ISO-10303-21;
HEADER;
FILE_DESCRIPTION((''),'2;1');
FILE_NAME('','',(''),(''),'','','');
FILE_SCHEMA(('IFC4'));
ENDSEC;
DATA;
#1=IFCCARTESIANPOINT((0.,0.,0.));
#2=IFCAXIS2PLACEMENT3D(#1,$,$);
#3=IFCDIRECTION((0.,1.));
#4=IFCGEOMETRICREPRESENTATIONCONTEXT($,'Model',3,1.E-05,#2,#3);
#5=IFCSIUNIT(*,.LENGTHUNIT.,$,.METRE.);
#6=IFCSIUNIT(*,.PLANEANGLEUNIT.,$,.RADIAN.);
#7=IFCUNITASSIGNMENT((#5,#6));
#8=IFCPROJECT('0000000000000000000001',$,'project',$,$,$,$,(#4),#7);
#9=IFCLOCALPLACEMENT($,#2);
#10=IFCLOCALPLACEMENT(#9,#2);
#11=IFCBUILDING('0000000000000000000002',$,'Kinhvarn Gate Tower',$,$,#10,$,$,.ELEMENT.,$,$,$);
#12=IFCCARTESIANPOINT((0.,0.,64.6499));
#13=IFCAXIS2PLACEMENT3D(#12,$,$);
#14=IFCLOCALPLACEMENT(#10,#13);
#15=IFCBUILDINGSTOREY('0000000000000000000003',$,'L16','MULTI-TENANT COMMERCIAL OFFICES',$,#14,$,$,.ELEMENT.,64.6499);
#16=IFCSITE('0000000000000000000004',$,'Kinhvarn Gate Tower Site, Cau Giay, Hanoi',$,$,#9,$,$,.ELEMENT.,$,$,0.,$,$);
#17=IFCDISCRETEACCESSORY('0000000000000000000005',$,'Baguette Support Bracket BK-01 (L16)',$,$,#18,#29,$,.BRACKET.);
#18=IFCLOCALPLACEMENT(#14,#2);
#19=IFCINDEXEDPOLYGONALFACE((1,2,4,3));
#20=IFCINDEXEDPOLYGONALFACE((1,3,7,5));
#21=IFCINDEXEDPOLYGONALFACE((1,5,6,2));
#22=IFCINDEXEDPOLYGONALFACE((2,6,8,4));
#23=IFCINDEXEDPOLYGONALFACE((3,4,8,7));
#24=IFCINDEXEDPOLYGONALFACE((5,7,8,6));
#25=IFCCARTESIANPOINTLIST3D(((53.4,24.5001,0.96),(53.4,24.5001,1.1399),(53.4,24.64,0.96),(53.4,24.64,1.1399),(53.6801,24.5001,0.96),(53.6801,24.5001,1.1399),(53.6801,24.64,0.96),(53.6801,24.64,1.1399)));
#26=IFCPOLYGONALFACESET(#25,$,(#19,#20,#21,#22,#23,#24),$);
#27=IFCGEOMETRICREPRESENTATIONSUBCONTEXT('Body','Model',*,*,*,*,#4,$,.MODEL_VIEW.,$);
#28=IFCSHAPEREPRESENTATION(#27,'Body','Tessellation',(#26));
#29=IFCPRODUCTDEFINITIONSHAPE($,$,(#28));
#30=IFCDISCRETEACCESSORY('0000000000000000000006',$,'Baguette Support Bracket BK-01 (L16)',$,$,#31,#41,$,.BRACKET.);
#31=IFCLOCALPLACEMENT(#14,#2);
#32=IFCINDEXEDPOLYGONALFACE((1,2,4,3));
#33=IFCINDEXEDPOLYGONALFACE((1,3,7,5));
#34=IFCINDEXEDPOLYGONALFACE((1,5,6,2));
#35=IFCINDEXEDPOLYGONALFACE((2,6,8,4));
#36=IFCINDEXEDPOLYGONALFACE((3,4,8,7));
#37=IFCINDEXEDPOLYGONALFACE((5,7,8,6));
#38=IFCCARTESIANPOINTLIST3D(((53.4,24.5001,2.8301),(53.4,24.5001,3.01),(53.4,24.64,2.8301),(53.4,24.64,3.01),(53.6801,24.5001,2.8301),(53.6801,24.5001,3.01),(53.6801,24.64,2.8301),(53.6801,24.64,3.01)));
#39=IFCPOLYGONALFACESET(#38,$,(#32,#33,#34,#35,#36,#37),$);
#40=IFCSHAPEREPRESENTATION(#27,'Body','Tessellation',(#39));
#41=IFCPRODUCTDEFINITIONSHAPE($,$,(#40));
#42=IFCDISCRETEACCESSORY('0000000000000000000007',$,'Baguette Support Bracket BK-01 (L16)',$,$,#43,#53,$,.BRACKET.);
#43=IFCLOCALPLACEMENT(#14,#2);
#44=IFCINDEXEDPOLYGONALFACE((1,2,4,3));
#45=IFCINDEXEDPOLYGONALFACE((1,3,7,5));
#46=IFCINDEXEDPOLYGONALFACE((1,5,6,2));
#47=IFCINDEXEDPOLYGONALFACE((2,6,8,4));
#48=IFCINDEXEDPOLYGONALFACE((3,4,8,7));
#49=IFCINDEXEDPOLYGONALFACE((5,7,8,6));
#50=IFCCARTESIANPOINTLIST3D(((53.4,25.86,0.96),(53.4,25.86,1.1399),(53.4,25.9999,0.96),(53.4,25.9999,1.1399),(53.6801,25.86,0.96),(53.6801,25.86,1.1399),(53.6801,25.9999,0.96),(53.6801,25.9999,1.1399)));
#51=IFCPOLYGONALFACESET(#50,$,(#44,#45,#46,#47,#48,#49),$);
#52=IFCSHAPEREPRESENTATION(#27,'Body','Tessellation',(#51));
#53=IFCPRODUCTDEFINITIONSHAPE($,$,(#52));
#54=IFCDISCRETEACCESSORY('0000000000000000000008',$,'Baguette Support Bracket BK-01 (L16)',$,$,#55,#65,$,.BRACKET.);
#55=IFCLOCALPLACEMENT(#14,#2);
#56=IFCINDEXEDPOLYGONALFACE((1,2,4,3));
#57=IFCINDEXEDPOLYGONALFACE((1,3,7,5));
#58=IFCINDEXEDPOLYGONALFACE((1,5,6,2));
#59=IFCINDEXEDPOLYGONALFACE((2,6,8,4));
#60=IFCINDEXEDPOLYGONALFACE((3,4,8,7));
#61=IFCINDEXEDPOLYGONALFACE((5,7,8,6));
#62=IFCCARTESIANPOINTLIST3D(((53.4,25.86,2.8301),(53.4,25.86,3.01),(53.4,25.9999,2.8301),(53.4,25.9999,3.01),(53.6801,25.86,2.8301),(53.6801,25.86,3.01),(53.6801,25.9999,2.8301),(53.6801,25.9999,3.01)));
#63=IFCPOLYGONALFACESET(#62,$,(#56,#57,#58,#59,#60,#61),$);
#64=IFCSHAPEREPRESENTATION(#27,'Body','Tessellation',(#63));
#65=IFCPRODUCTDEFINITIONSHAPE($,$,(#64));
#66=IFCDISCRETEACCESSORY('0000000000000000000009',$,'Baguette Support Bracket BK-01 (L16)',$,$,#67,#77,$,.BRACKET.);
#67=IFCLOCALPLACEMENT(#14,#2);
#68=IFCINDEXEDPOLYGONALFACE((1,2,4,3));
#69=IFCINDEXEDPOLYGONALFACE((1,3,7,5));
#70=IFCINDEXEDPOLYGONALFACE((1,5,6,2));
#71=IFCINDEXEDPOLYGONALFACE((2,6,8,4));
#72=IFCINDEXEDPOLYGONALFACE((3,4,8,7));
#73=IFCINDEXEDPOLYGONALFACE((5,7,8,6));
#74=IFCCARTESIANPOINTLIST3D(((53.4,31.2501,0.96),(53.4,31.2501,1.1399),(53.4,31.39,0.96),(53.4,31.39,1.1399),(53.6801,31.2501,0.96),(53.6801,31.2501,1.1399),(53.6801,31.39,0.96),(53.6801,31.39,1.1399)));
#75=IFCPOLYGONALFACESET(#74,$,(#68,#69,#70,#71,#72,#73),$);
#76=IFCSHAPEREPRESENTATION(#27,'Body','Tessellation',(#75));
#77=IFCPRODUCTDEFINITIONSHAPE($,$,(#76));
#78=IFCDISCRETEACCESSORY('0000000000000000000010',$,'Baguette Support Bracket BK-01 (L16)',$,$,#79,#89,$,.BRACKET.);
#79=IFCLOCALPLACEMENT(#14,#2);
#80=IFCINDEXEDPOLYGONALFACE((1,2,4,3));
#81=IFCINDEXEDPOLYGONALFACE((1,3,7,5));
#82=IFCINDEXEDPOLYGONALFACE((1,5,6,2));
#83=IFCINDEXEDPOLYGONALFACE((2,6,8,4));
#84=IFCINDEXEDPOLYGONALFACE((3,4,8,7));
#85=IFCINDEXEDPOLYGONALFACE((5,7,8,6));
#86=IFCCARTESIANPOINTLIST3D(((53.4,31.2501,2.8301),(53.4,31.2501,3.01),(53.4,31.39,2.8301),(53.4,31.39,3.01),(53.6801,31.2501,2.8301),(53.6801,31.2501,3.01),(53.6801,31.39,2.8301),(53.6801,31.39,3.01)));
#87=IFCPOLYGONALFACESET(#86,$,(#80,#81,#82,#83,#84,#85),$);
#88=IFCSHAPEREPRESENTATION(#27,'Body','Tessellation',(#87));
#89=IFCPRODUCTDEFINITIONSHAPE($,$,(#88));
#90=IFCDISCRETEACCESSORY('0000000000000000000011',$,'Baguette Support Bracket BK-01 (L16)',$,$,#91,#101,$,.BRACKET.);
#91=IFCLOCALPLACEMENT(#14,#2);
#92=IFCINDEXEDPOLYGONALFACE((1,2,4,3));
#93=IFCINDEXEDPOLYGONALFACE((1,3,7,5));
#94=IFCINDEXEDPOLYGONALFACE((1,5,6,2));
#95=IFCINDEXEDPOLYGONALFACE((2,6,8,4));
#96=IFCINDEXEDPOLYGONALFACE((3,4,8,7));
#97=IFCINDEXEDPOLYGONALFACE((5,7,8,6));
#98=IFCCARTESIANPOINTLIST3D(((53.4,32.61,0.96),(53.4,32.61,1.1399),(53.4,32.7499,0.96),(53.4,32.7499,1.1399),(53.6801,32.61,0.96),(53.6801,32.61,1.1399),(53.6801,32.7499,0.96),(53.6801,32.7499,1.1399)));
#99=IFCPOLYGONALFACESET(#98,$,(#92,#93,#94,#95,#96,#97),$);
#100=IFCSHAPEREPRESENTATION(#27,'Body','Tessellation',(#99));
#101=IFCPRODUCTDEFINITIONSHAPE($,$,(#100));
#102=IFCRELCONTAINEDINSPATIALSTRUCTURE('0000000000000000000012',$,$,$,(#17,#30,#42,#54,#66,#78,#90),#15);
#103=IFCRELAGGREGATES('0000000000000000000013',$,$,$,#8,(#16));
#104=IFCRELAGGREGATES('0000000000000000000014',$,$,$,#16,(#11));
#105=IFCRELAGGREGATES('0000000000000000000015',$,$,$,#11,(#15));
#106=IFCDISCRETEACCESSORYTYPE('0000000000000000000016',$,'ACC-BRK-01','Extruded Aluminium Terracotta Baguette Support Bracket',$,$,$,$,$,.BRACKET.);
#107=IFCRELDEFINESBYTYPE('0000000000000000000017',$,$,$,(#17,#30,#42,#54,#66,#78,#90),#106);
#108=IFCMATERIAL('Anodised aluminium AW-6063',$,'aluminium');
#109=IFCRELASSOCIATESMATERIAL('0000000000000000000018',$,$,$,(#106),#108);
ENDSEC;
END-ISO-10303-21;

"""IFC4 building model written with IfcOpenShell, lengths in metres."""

from ifc_helpers import new_model, si_unit, direction, frame, origin, origin_2d, place, context, subcontext, project, spatial, rectangle, extrude, material, type_object, element, save


model = new_model("IFC4")

# Units and contexts
model_context = context("Model", 3, precision=1e-05, world=origin(), true_north=direction((0.0, 1.0)))
body_context = subcontext(model_context, "Body", "Model", "MODEL_VIEW")
ifc_project = project(units=[si_unit("LENGTHUNIT", "METRE"), si_unit("PLANEANGLEUNIT", "RADIAN")], contexts=[model_context])

# Site, building, storey
site_placement = place(None, origin())
site = spatial("IfcSite", under=ifc_project, at=site_placement, Name="Kinhvarn Gate Tower Site, Cau Giay, Hanoi", CompositionType="ELEMENT", RefElevation=0.0)
building_placement = place(site_placement, origin())
building = spatial("IfcBuilding", under=site, at=building_placement, Name="Kinhvarn Gate Tower", CompositionType="ELEMENT")
storey_placement = place(building_placement, frame((0.0, 0.0, 64.6499)))
storey = spatial("IfcBuildingStorey", under=building, at=storey_placement, Name="L16", Description="MULTI-TENANT COMMERCIAL OFFICES", CompositionType="ELEMENT", Elevation=64.6499)

# Shared definitions
ifc_material_1 = material(Name="Anodised aluminium AW-6063", Category="aluminium")

# Discrete accessories
discrete_accessory_type = type_object("IfcDiscreteAccessoryType", Name="ACC-BRK-01", Description="Extruded Aluminium Terracotta Baguette Support Bracket", PredefinedType="BRACKET", material=ifc_material_1)
for number, where, z_axis, x_axis, name in (
    (1, (53.54, 24.5701, 0.96), (0.0, 0.0, 1.0), (0.0, 1.0, 0.0), "Baguette Support Bracket BK-01 (L16)"),
    (2, (53.54, 24.5701, 2.8301), (0.0, 0.0, 1.0), (0.0, 1.0, 0.0), "Baguette Support Bracket BK-01 (L16)"),
    (3, (53.54, 25.9299, 0.96), (0.0, 0.0, 1.0), (0.0, 1.0, 0.0), "Baguette Support Bracket BK-01 (L16)"),
    (4, (53.54, 25.9299, 2.8301), (0.0, 0.0, 1.0), (0.0, 1.0, 0.0), "Baguette Support Bracket BK-01 (L16)"),
    (5, (53.54, 31.3201, 0.96), (0.0, 0.0, 1.0), (0.0, 1.0, 0.0), "Baguette Support Bracket BK-01 (L16)"),
    (6, (53.54, 31.3201, 2.8301), (0.0, 0.0, 1.0), (0.0, 1.0, 0.0), "Baguette Support Bracket BK-01 (L16)"),
    (7, (53.54, 32.6799, 0.96), (0.0, 0.0, 1.0), (0.0, 1.0, 0.0), "Baguette Support Bracket BK-01 (L16)"),
):
    element("IfcDiscreteAccessory", number, at=place(storey_placement, frame(where, z_axis=z_axis, x_axis=x_axis)), inside=storey, type_object=discrete_accessory_type, Name=name, PredefinedType="BRACKET", context=body_context, shape_type="SweptSolid", body=[
        extrude(rectangle(XDim=0.1399, YDim=0.28, at=origin_2d()), origin(), (0.0, 0.0, 1.0), 0.1799),
    ])

save(model, "model.ifc")
